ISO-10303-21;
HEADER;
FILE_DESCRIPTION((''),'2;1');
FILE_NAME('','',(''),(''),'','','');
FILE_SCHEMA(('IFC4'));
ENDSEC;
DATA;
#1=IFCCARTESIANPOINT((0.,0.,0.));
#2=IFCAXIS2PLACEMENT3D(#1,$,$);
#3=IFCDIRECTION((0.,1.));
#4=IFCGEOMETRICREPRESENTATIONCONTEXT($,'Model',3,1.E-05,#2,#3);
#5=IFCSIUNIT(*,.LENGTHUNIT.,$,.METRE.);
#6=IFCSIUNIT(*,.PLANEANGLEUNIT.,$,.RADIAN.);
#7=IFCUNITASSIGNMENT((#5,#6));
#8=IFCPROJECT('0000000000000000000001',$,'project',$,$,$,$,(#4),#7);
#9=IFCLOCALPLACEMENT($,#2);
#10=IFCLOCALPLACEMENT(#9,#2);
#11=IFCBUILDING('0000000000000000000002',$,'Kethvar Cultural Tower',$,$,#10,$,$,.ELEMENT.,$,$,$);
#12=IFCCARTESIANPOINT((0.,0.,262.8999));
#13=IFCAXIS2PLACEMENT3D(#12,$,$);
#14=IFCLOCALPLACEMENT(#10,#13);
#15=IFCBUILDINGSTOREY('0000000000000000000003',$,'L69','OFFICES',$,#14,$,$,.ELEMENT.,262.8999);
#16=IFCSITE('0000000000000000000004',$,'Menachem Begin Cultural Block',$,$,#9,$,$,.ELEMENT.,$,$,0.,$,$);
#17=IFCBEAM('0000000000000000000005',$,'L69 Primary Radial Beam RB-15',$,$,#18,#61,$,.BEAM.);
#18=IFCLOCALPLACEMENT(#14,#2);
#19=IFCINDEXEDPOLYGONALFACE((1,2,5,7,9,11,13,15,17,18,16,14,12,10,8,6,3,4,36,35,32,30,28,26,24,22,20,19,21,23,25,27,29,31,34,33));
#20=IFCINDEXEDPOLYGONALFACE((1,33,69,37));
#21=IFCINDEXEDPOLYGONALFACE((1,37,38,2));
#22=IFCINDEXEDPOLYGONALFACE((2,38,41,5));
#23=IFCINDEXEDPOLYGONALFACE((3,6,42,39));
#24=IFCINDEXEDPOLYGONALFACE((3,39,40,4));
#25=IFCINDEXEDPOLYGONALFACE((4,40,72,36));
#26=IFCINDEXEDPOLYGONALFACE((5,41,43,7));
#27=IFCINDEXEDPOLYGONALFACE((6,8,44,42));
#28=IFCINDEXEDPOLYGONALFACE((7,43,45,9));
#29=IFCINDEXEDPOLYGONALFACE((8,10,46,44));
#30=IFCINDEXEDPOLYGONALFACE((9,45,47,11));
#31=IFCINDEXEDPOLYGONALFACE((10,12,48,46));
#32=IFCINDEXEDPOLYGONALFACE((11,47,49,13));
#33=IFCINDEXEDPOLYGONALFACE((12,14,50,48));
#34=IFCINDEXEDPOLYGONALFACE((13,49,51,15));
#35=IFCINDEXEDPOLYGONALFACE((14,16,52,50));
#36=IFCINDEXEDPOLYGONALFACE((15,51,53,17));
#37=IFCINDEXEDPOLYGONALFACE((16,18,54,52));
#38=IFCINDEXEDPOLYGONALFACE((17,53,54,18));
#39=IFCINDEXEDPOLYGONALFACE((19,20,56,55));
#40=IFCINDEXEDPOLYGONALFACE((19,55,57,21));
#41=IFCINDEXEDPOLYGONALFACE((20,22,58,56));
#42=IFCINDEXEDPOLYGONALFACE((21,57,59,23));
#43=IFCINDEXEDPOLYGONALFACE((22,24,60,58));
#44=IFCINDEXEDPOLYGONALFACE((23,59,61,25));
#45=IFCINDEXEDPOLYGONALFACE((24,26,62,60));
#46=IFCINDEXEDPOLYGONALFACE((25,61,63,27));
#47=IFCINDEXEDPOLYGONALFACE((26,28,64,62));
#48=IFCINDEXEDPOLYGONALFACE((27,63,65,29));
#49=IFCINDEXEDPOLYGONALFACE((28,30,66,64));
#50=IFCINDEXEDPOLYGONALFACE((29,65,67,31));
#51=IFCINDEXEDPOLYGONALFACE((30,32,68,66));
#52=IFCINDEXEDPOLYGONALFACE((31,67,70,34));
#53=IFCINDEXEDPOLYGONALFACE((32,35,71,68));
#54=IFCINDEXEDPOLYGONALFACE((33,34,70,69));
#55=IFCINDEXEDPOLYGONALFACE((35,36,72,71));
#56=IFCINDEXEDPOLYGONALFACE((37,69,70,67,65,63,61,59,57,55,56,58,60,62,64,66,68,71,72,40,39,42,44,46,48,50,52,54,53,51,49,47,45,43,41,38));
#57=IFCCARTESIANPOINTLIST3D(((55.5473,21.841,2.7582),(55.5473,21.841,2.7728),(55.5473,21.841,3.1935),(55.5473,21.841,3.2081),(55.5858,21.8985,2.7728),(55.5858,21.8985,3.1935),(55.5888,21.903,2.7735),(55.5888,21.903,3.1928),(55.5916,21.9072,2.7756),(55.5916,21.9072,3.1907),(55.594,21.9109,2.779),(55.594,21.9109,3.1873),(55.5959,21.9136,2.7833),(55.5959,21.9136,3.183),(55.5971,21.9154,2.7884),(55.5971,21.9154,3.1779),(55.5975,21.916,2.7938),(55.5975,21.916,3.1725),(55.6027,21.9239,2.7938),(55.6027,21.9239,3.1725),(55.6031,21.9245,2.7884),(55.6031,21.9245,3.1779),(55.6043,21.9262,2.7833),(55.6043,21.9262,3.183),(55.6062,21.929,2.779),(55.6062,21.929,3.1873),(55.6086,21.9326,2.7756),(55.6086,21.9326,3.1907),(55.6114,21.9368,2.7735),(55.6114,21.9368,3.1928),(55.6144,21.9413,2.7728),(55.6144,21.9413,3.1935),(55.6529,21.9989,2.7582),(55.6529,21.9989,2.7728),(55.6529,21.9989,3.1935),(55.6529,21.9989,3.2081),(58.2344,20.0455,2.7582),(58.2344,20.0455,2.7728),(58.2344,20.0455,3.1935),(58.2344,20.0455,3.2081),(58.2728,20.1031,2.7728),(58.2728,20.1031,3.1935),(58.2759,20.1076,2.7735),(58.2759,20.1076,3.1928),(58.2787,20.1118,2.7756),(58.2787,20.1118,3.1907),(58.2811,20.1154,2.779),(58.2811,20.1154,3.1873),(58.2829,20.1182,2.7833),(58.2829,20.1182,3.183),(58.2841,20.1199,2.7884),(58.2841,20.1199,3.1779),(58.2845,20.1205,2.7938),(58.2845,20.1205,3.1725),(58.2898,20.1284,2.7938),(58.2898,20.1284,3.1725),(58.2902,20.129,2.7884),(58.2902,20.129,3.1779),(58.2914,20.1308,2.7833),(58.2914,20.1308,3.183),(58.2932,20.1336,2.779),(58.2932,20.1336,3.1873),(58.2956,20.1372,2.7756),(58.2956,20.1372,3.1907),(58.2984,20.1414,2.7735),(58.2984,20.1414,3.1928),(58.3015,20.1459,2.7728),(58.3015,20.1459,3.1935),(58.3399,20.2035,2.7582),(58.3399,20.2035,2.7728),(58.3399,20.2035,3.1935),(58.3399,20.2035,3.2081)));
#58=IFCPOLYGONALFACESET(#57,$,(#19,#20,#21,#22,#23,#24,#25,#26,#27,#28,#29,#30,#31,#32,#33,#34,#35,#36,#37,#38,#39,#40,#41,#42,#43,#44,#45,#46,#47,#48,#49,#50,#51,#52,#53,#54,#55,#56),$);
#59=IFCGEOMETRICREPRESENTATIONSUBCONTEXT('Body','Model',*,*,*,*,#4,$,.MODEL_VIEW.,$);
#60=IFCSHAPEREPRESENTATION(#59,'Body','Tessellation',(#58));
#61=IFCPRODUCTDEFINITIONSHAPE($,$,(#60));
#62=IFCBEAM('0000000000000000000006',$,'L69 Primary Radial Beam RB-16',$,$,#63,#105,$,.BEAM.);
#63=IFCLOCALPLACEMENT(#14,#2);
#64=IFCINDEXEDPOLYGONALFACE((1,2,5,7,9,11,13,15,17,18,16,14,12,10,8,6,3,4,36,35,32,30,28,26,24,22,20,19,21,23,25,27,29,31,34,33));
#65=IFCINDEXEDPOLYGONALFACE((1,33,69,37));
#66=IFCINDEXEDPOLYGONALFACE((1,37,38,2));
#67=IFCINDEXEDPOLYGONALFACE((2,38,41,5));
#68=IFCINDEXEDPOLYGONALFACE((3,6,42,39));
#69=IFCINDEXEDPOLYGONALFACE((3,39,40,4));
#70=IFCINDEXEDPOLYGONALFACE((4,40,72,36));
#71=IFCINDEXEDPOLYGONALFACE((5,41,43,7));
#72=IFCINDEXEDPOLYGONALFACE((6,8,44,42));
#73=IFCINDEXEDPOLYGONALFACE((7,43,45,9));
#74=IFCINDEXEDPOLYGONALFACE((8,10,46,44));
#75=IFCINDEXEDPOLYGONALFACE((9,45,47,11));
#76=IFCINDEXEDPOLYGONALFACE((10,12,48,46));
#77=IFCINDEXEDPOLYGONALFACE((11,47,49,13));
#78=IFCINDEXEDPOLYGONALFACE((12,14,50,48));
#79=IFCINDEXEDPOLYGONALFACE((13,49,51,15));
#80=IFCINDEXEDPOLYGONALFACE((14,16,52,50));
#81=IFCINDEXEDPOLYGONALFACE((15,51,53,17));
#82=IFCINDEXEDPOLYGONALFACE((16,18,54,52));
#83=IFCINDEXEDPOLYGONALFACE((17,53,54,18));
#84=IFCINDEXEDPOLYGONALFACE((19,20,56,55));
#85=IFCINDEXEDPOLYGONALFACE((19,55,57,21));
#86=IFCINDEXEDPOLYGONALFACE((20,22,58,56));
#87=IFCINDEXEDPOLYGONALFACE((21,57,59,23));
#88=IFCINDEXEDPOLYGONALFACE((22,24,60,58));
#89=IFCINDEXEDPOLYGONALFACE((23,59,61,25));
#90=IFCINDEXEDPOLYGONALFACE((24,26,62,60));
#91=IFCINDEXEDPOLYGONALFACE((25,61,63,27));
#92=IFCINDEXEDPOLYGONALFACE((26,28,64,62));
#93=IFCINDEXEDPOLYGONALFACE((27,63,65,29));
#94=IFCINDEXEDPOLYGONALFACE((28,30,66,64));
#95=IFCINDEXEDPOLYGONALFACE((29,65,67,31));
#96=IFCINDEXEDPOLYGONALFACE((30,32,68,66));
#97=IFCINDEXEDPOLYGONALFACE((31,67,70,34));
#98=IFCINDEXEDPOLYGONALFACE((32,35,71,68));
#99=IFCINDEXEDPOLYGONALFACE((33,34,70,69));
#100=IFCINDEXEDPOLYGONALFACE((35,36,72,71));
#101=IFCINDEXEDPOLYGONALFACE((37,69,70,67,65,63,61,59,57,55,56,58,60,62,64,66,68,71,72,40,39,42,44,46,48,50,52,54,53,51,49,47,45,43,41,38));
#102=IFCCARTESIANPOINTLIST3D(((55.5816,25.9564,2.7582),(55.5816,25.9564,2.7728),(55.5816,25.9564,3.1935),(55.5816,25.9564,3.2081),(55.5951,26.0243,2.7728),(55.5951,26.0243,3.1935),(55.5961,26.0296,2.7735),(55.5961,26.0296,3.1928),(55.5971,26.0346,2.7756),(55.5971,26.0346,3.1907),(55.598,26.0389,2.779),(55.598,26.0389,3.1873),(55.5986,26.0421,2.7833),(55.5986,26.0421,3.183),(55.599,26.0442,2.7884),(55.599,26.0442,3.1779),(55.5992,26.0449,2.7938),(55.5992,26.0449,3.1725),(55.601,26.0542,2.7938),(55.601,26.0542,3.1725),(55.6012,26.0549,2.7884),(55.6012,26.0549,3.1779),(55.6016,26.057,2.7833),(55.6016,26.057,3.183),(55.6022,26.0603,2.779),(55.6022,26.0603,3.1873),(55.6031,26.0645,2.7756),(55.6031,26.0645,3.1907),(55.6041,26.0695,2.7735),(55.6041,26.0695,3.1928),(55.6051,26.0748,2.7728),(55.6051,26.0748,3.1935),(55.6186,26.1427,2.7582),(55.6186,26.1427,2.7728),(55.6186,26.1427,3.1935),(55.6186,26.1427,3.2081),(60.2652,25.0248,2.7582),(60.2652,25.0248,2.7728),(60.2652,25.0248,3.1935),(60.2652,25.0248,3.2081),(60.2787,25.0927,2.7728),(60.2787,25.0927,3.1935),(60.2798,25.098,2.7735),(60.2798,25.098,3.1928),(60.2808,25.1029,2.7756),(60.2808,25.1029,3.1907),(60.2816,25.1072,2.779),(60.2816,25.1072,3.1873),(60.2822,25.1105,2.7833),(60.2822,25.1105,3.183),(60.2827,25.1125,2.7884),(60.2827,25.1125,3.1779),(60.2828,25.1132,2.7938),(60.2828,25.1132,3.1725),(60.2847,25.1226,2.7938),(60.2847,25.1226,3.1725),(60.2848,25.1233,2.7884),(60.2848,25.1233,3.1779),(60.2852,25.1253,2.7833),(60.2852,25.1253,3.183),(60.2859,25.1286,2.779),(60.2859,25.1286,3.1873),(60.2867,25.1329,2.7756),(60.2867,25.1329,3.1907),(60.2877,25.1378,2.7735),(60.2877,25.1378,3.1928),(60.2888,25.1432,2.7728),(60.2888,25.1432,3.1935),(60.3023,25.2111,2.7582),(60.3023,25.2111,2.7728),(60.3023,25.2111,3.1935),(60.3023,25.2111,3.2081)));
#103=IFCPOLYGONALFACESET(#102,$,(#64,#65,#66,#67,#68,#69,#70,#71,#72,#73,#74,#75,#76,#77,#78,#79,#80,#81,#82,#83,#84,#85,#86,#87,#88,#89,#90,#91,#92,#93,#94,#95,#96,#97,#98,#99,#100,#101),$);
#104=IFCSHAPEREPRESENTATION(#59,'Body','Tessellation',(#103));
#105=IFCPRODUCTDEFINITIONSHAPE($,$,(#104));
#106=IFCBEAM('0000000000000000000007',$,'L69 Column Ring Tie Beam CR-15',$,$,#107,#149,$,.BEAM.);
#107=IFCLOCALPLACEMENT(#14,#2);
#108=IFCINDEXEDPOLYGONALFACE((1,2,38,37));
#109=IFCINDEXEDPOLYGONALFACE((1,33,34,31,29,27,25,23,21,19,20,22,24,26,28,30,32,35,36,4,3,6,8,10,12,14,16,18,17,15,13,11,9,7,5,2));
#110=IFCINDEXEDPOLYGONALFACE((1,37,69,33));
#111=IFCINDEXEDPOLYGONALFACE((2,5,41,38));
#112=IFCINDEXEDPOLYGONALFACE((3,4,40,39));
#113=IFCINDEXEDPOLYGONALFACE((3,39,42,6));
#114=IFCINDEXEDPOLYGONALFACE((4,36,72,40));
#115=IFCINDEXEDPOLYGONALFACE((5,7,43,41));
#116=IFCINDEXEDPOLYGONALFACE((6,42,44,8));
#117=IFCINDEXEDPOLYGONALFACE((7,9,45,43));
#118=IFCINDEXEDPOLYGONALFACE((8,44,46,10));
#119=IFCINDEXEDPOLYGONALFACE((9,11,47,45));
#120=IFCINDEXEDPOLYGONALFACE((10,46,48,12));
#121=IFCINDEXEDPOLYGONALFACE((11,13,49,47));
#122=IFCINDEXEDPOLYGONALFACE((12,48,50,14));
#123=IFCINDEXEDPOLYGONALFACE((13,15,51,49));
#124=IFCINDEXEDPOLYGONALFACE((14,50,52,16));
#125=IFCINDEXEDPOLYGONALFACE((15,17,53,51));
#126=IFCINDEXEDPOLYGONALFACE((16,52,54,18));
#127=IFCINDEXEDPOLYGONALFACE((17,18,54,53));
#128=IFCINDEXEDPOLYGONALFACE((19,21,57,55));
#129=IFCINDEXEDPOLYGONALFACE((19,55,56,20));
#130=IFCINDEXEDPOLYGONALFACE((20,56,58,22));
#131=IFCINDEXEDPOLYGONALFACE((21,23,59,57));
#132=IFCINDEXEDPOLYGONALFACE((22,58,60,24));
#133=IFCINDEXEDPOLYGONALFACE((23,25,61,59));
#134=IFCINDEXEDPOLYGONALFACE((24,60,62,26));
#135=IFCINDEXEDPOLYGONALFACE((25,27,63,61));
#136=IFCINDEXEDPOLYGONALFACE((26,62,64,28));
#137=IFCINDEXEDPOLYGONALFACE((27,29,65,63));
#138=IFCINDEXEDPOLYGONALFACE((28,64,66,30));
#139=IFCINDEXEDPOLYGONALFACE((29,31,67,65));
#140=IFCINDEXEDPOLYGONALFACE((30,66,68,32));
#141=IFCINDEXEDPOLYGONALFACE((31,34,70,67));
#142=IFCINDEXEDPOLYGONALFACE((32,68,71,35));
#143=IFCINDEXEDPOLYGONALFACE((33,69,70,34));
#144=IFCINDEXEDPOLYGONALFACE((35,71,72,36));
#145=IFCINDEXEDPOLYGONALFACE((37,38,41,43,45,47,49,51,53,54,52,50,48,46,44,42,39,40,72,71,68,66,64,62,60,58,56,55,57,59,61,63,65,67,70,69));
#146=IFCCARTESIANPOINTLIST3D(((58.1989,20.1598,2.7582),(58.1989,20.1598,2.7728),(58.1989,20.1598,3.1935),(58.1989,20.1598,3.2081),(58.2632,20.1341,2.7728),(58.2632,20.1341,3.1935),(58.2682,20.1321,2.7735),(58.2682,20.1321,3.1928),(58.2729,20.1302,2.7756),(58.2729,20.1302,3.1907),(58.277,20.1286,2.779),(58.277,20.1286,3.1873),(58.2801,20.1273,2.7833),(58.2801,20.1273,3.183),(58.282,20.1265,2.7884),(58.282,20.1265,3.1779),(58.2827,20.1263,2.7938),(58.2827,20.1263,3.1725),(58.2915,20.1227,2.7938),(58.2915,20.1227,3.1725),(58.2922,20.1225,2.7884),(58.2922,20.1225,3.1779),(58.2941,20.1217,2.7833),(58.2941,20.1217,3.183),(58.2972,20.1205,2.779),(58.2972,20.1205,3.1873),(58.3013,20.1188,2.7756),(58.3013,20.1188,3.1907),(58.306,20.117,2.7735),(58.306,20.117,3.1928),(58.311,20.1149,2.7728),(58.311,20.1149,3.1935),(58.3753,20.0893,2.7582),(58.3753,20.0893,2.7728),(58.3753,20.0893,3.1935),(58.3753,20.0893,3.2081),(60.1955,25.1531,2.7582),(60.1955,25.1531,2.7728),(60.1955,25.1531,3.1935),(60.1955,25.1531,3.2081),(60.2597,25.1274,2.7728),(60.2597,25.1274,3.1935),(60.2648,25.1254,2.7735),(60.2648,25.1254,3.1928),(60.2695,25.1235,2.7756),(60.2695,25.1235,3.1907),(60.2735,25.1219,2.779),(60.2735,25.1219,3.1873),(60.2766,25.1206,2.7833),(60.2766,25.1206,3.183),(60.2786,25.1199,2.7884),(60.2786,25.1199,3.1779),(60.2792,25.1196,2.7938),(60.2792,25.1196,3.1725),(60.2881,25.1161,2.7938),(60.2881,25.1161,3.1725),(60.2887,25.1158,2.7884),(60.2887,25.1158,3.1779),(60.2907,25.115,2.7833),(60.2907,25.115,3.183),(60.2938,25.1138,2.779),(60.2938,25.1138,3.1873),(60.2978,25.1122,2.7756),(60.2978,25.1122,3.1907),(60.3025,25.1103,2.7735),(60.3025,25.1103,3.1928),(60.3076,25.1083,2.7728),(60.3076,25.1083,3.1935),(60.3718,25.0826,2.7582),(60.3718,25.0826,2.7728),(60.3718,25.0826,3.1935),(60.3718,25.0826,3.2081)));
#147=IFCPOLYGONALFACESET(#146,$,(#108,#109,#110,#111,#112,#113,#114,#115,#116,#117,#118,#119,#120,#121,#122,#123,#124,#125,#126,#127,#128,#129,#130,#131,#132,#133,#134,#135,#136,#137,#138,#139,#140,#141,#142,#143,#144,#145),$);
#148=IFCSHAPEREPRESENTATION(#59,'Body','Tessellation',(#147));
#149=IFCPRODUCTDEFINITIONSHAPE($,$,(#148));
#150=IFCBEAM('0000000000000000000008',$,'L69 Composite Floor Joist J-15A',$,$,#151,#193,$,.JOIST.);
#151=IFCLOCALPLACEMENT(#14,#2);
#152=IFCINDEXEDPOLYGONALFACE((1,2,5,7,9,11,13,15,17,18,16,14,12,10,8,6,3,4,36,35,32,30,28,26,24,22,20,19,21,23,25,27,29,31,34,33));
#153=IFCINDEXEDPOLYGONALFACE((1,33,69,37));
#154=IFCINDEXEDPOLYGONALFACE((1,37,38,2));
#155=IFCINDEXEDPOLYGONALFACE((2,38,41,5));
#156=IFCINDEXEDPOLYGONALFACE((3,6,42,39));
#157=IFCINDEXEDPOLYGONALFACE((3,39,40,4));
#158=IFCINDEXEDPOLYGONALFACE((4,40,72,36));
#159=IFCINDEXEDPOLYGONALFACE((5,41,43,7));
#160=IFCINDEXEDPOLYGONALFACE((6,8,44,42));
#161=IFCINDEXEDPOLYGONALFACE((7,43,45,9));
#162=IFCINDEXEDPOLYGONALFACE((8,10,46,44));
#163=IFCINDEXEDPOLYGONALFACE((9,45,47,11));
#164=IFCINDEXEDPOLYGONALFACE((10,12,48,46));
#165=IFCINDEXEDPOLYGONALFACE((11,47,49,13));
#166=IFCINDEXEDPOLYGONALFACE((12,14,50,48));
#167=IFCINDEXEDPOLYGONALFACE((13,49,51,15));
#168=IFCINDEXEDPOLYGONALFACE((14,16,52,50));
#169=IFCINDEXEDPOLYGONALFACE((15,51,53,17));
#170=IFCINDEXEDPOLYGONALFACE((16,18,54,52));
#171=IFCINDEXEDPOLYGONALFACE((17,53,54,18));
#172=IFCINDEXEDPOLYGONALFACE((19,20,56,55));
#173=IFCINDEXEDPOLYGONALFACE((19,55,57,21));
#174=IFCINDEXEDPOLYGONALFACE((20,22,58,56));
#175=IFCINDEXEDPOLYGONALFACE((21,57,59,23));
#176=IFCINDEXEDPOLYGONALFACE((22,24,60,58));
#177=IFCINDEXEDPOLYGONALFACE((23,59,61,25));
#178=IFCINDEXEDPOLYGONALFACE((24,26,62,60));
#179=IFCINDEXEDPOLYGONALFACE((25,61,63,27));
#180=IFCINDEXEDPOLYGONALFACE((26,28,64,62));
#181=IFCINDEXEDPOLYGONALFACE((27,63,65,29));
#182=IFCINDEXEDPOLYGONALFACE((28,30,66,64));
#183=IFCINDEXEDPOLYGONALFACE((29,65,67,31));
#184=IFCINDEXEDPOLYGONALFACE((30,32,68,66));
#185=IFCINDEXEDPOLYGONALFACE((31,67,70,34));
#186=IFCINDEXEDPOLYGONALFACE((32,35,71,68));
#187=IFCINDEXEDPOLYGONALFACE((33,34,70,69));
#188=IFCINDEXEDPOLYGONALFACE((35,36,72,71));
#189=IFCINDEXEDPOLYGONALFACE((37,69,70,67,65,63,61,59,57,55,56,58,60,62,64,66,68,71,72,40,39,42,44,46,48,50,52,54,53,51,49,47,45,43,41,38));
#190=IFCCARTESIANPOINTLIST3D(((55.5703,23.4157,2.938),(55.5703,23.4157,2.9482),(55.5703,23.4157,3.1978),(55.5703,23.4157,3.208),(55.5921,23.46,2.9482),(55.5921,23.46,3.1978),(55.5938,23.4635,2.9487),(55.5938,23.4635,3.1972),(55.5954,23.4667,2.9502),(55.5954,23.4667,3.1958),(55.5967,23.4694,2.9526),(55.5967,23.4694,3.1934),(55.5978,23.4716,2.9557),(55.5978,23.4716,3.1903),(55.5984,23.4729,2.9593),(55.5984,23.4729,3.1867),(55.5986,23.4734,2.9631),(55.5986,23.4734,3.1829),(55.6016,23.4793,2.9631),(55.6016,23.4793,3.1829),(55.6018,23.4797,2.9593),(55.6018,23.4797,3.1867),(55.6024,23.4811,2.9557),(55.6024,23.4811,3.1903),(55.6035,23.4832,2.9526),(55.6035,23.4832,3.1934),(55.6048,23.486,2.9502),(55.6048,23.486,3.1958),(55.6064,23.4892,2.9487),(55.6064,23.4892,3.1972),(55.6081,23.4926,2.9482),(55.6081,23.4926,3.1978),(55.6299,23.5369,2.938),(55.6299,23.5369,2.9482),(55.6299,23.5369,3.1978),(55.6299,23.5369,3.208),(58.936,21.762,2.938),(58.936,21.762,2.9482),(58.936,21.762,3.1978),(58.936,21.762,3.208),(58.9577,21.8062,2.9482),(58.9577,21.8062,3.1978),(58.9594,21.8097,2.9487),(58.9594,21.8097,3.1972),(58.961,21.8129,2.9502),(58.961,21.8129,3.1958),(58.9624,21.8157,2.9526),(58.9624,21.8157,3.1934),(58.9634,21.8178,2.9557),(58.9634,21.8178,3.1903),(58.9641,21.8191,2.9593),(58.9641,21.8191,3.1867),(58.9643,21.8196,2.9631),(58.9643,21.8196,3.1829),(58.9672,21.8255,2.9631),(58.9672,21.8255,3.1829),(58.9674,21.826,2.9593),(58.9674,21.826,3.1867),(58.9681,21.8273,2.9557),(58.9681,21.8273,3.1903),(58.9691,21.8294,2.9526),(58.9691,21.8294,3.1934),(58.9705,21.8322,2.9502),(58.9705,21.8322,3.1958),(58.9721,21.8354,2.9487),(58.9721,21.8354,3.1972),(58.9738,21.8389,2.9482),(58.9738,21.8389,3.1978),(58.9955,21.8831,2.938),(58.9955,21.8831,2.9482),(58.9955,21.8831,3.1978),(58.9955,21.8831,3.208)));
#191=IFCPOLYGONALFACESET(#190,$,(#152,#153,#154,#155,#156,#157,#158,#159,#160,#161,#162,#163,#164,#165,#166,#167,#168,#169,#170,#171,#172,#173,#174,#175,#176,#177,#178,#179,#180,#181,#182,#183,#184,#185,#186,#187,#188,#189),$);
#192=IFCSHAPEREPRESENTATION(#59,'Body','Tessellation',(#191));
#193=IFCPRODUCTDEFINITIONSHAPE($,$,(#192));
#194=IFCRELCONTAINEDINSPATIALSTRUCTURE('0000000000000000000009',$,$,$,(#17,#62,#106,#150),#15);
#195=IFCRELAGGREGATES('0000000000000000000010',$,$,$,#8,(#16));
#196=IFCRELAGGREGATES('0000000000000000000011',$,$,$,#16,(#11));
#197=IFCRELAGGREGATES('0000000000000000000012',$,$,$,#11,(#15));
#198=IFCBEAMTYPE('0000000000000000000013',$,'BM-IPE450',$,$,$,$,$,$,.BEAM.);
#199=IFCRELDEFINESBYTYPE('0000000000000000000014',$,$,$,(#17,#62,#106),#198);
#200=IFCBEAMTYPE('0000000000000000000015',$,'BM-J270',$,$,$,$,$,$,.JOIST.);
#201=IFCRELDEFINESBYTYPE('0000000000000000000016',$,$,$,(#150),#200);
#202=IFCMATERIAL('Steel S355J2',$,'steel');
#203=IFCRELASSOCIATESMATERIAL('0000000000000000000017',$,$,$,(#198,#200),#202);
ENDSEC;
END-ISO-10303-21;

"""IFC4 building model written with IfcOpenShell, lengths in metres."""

from ifc_helpers import new_model, si_unit, direction, frame, origin, origin_2d, place, context, subcontext, project, spatial, i_section, extrude, source, transform, mapped, material, material_profile, profile_set, type_object, element, save


model = new_model("IFC4")

# Units and contexts
model_context = context("Model", 3, precision=1e-05, world=origin(), true_north=direction((0.0, 1.0)))
body_context = subcontext(model_context, "Body", "Model", "MODEL_VIEW")
ifc_project = project(units=[si_unit("LENGTHUNIT", "METRE"), si_unit("PLANEANGLEUNIT", "RADIAN")], contexts=[model_context])

# Site, building, storey
site_placement = place(None, origin())
site = spatial("IfcSite", under=ifc_project, at=site_placement, Name="Menachem Begin Cultural Block", CompositionType="ELEMENT", RefElevation=0.0)
building_placement = place(site_placement, origin())
building = spatial("IfcBuilding", under=site, at=building_placement, Name="Kethvar Cultural Tower", CompositionType="ELEMENT")
storey_placement = place(building_placement, frame((0.0, 0.0, 262.8999)))
storey = spatial("IfcBuildingStorey", under=building, at=storey_placement, Name="L69", Description="OFFICES", CompositionType="ELEMENT", Elevation=262.8999)

# Beams
ifc_material_1 = material(Name="Steel S355J2", Category="steel")
ifc_material_profile_1 = material_profile(ifc_material_1, i_section(OverallWidth=0.1899, OverallDepth=0.45, WebThickness=0.0095, FlangeThickness=0.0146, FilletRadius=0.021, at=origin_2d()), Name="Steel S355J2 — IPE450")
ifc_profile_set_1 = profile_set([ifc_material_profile_1], Name="Steel S355J2 — IPE450")
beam_type_1 = type_object("IfcBeamType", Name="BM-IPE450", PredefinedType="BEAM", material=ifc_profile_set_1)
shared_shape_1 = source(origin(), body_context, "Body", "SweptSolid", [
    extrude(i_section(OverallWidth=0.1899, OverallDepth=0.45, WebThickness=0.0095, FlangeThickness=0.0146, FilletRadius=0.021, at=origin_2d()), origin(), (0.0, 0.0, 1.0), 3.2317),
])
beam_1_placement = place(storey_placement, frame((55.6001, 21.9199, 2.9832), z_axis=(0.831469, -0.555572, 0.0), x_axis=(0.555572, 0.831469, 0.0)))
element("IfcBeam", 1, at=beam_1_placement, inside=storey, type_object=beam_type_1, Name="L69 Primary Radial Beam RB-15", PredefinedType="BEAM", context=body_context, shape_type="MappedRepresentation", body=[
    mapped(shared_shape_1, transform((0.0, 0.0, 0.0), scale=1.0)),
])
shared_shape_2 = source(origin(), body_context, "Body", "SweptSolid", [
    extrude(i_section(OverallWidth=0.1899, OverallDepth=0.45, WebThickness=0.0095, FlangeThickness=0.0146, FilletRadius=0.021, at=origin_2d()), origin(), (0.0, 0.0, 1.0), 4.7754),
])
beam_2_placement = place(storey_placement, frame((55.6001, 26.0496, 2.9832), z_axis=(0.980785, -0.195094, 0.0), x_axis=(0.195094, 0.980785, 0.0)))
element("IfcBeam", 2, at=beam_2_placement, inside=storey, type_object=beam_type_1, Name="L69 Primary Radial Beam RB-16", PredefinedType="BEAM", context=body_context, shape_type="MappedRepresentation", body=[
    mapped(shared_shape_2, transform((0.0, 0.0, 0.0), scale=1.0)),
])
shared_shape_3 = source(origin(), body_context, "Body", "SweptSolid", [
    extrude(i_section(OverallWidth=0.1899, OverallDepth=0.45, WebThickness=0.0095, FlangeThickness=0.0146, FilletRadius=0.021, at=origin_2d()), origin(), (0.0, 0.0, 1.0), 5.3777),
])
beam_3_placement = place(storey_placement, frame((58.2871, 20.1245, 2.9832), z_axis=(0.371265, 0.928527, 0.0), x_axis=(-0.928527, 0.371265, 0.0)))
element("IfcBeam", 3, at=beam_3_placement, inside=storey, type_object=beam_type_1, Name="L69 Column Ring Tie Beam CR-15", PredefinedType="BEAM", context=body_context, shape_type="MappedRepresentation", body=[
    mapped(shared_shape_3, transform((0.0, 0.0, 0.0), scale=1.0)),
])
ifc_material_profile_2 = material_profile(ifc_material_1, i_section(OverallWidth=0.135, OverallDepth=0.27, WebThickness=0.0066, FlangeThickness=0.0103, FilletRadius=0.0149, at=origin_2d()), Name="Steel S355J2 — IPE270")
ifc_profile_set_2 = profile_set([ifc_material_profile_2], Name="Steel S355J2 — IPE270")
beam_type_2 = type_object("IfcBeamType", Name="BM-J270", PredefinedType="JOIST", material=ifc_profile_set_2)
shared_shape_4 = source(origin(), body_context, "Body", "SweptSolid", [
    extrude(i_section(OverallWidth=0.135, OverallDepth=0.27, WebThickness=0.0066, FlangeThickness=0.0103, FilletRadius=0.0149, at=origin_2d()), origin(), (0.0, 0.0, 1.0), 3.75),
])
beam_4_placement = place(storey_placement, frame((55.6001, 23.4763, 3.073), z_axis=(0.897505, -0.441005, 0.0), x_axis=(0.441005, 0.897505, 0.0)))
element("IfcBeam", 4, at=beam_4_placement, inside=storey, type_object=beam_type_2, Name="L69 Composite Floor Joist J-15A", PredefinedType="JOIST", context=body_context, shape_type="MappedRepresentation", body=[
    mapped(shared_shape_4, transform((0.0, 0.0, 0.0), scale=1.0)),
])

save(model, "model.ifc")
